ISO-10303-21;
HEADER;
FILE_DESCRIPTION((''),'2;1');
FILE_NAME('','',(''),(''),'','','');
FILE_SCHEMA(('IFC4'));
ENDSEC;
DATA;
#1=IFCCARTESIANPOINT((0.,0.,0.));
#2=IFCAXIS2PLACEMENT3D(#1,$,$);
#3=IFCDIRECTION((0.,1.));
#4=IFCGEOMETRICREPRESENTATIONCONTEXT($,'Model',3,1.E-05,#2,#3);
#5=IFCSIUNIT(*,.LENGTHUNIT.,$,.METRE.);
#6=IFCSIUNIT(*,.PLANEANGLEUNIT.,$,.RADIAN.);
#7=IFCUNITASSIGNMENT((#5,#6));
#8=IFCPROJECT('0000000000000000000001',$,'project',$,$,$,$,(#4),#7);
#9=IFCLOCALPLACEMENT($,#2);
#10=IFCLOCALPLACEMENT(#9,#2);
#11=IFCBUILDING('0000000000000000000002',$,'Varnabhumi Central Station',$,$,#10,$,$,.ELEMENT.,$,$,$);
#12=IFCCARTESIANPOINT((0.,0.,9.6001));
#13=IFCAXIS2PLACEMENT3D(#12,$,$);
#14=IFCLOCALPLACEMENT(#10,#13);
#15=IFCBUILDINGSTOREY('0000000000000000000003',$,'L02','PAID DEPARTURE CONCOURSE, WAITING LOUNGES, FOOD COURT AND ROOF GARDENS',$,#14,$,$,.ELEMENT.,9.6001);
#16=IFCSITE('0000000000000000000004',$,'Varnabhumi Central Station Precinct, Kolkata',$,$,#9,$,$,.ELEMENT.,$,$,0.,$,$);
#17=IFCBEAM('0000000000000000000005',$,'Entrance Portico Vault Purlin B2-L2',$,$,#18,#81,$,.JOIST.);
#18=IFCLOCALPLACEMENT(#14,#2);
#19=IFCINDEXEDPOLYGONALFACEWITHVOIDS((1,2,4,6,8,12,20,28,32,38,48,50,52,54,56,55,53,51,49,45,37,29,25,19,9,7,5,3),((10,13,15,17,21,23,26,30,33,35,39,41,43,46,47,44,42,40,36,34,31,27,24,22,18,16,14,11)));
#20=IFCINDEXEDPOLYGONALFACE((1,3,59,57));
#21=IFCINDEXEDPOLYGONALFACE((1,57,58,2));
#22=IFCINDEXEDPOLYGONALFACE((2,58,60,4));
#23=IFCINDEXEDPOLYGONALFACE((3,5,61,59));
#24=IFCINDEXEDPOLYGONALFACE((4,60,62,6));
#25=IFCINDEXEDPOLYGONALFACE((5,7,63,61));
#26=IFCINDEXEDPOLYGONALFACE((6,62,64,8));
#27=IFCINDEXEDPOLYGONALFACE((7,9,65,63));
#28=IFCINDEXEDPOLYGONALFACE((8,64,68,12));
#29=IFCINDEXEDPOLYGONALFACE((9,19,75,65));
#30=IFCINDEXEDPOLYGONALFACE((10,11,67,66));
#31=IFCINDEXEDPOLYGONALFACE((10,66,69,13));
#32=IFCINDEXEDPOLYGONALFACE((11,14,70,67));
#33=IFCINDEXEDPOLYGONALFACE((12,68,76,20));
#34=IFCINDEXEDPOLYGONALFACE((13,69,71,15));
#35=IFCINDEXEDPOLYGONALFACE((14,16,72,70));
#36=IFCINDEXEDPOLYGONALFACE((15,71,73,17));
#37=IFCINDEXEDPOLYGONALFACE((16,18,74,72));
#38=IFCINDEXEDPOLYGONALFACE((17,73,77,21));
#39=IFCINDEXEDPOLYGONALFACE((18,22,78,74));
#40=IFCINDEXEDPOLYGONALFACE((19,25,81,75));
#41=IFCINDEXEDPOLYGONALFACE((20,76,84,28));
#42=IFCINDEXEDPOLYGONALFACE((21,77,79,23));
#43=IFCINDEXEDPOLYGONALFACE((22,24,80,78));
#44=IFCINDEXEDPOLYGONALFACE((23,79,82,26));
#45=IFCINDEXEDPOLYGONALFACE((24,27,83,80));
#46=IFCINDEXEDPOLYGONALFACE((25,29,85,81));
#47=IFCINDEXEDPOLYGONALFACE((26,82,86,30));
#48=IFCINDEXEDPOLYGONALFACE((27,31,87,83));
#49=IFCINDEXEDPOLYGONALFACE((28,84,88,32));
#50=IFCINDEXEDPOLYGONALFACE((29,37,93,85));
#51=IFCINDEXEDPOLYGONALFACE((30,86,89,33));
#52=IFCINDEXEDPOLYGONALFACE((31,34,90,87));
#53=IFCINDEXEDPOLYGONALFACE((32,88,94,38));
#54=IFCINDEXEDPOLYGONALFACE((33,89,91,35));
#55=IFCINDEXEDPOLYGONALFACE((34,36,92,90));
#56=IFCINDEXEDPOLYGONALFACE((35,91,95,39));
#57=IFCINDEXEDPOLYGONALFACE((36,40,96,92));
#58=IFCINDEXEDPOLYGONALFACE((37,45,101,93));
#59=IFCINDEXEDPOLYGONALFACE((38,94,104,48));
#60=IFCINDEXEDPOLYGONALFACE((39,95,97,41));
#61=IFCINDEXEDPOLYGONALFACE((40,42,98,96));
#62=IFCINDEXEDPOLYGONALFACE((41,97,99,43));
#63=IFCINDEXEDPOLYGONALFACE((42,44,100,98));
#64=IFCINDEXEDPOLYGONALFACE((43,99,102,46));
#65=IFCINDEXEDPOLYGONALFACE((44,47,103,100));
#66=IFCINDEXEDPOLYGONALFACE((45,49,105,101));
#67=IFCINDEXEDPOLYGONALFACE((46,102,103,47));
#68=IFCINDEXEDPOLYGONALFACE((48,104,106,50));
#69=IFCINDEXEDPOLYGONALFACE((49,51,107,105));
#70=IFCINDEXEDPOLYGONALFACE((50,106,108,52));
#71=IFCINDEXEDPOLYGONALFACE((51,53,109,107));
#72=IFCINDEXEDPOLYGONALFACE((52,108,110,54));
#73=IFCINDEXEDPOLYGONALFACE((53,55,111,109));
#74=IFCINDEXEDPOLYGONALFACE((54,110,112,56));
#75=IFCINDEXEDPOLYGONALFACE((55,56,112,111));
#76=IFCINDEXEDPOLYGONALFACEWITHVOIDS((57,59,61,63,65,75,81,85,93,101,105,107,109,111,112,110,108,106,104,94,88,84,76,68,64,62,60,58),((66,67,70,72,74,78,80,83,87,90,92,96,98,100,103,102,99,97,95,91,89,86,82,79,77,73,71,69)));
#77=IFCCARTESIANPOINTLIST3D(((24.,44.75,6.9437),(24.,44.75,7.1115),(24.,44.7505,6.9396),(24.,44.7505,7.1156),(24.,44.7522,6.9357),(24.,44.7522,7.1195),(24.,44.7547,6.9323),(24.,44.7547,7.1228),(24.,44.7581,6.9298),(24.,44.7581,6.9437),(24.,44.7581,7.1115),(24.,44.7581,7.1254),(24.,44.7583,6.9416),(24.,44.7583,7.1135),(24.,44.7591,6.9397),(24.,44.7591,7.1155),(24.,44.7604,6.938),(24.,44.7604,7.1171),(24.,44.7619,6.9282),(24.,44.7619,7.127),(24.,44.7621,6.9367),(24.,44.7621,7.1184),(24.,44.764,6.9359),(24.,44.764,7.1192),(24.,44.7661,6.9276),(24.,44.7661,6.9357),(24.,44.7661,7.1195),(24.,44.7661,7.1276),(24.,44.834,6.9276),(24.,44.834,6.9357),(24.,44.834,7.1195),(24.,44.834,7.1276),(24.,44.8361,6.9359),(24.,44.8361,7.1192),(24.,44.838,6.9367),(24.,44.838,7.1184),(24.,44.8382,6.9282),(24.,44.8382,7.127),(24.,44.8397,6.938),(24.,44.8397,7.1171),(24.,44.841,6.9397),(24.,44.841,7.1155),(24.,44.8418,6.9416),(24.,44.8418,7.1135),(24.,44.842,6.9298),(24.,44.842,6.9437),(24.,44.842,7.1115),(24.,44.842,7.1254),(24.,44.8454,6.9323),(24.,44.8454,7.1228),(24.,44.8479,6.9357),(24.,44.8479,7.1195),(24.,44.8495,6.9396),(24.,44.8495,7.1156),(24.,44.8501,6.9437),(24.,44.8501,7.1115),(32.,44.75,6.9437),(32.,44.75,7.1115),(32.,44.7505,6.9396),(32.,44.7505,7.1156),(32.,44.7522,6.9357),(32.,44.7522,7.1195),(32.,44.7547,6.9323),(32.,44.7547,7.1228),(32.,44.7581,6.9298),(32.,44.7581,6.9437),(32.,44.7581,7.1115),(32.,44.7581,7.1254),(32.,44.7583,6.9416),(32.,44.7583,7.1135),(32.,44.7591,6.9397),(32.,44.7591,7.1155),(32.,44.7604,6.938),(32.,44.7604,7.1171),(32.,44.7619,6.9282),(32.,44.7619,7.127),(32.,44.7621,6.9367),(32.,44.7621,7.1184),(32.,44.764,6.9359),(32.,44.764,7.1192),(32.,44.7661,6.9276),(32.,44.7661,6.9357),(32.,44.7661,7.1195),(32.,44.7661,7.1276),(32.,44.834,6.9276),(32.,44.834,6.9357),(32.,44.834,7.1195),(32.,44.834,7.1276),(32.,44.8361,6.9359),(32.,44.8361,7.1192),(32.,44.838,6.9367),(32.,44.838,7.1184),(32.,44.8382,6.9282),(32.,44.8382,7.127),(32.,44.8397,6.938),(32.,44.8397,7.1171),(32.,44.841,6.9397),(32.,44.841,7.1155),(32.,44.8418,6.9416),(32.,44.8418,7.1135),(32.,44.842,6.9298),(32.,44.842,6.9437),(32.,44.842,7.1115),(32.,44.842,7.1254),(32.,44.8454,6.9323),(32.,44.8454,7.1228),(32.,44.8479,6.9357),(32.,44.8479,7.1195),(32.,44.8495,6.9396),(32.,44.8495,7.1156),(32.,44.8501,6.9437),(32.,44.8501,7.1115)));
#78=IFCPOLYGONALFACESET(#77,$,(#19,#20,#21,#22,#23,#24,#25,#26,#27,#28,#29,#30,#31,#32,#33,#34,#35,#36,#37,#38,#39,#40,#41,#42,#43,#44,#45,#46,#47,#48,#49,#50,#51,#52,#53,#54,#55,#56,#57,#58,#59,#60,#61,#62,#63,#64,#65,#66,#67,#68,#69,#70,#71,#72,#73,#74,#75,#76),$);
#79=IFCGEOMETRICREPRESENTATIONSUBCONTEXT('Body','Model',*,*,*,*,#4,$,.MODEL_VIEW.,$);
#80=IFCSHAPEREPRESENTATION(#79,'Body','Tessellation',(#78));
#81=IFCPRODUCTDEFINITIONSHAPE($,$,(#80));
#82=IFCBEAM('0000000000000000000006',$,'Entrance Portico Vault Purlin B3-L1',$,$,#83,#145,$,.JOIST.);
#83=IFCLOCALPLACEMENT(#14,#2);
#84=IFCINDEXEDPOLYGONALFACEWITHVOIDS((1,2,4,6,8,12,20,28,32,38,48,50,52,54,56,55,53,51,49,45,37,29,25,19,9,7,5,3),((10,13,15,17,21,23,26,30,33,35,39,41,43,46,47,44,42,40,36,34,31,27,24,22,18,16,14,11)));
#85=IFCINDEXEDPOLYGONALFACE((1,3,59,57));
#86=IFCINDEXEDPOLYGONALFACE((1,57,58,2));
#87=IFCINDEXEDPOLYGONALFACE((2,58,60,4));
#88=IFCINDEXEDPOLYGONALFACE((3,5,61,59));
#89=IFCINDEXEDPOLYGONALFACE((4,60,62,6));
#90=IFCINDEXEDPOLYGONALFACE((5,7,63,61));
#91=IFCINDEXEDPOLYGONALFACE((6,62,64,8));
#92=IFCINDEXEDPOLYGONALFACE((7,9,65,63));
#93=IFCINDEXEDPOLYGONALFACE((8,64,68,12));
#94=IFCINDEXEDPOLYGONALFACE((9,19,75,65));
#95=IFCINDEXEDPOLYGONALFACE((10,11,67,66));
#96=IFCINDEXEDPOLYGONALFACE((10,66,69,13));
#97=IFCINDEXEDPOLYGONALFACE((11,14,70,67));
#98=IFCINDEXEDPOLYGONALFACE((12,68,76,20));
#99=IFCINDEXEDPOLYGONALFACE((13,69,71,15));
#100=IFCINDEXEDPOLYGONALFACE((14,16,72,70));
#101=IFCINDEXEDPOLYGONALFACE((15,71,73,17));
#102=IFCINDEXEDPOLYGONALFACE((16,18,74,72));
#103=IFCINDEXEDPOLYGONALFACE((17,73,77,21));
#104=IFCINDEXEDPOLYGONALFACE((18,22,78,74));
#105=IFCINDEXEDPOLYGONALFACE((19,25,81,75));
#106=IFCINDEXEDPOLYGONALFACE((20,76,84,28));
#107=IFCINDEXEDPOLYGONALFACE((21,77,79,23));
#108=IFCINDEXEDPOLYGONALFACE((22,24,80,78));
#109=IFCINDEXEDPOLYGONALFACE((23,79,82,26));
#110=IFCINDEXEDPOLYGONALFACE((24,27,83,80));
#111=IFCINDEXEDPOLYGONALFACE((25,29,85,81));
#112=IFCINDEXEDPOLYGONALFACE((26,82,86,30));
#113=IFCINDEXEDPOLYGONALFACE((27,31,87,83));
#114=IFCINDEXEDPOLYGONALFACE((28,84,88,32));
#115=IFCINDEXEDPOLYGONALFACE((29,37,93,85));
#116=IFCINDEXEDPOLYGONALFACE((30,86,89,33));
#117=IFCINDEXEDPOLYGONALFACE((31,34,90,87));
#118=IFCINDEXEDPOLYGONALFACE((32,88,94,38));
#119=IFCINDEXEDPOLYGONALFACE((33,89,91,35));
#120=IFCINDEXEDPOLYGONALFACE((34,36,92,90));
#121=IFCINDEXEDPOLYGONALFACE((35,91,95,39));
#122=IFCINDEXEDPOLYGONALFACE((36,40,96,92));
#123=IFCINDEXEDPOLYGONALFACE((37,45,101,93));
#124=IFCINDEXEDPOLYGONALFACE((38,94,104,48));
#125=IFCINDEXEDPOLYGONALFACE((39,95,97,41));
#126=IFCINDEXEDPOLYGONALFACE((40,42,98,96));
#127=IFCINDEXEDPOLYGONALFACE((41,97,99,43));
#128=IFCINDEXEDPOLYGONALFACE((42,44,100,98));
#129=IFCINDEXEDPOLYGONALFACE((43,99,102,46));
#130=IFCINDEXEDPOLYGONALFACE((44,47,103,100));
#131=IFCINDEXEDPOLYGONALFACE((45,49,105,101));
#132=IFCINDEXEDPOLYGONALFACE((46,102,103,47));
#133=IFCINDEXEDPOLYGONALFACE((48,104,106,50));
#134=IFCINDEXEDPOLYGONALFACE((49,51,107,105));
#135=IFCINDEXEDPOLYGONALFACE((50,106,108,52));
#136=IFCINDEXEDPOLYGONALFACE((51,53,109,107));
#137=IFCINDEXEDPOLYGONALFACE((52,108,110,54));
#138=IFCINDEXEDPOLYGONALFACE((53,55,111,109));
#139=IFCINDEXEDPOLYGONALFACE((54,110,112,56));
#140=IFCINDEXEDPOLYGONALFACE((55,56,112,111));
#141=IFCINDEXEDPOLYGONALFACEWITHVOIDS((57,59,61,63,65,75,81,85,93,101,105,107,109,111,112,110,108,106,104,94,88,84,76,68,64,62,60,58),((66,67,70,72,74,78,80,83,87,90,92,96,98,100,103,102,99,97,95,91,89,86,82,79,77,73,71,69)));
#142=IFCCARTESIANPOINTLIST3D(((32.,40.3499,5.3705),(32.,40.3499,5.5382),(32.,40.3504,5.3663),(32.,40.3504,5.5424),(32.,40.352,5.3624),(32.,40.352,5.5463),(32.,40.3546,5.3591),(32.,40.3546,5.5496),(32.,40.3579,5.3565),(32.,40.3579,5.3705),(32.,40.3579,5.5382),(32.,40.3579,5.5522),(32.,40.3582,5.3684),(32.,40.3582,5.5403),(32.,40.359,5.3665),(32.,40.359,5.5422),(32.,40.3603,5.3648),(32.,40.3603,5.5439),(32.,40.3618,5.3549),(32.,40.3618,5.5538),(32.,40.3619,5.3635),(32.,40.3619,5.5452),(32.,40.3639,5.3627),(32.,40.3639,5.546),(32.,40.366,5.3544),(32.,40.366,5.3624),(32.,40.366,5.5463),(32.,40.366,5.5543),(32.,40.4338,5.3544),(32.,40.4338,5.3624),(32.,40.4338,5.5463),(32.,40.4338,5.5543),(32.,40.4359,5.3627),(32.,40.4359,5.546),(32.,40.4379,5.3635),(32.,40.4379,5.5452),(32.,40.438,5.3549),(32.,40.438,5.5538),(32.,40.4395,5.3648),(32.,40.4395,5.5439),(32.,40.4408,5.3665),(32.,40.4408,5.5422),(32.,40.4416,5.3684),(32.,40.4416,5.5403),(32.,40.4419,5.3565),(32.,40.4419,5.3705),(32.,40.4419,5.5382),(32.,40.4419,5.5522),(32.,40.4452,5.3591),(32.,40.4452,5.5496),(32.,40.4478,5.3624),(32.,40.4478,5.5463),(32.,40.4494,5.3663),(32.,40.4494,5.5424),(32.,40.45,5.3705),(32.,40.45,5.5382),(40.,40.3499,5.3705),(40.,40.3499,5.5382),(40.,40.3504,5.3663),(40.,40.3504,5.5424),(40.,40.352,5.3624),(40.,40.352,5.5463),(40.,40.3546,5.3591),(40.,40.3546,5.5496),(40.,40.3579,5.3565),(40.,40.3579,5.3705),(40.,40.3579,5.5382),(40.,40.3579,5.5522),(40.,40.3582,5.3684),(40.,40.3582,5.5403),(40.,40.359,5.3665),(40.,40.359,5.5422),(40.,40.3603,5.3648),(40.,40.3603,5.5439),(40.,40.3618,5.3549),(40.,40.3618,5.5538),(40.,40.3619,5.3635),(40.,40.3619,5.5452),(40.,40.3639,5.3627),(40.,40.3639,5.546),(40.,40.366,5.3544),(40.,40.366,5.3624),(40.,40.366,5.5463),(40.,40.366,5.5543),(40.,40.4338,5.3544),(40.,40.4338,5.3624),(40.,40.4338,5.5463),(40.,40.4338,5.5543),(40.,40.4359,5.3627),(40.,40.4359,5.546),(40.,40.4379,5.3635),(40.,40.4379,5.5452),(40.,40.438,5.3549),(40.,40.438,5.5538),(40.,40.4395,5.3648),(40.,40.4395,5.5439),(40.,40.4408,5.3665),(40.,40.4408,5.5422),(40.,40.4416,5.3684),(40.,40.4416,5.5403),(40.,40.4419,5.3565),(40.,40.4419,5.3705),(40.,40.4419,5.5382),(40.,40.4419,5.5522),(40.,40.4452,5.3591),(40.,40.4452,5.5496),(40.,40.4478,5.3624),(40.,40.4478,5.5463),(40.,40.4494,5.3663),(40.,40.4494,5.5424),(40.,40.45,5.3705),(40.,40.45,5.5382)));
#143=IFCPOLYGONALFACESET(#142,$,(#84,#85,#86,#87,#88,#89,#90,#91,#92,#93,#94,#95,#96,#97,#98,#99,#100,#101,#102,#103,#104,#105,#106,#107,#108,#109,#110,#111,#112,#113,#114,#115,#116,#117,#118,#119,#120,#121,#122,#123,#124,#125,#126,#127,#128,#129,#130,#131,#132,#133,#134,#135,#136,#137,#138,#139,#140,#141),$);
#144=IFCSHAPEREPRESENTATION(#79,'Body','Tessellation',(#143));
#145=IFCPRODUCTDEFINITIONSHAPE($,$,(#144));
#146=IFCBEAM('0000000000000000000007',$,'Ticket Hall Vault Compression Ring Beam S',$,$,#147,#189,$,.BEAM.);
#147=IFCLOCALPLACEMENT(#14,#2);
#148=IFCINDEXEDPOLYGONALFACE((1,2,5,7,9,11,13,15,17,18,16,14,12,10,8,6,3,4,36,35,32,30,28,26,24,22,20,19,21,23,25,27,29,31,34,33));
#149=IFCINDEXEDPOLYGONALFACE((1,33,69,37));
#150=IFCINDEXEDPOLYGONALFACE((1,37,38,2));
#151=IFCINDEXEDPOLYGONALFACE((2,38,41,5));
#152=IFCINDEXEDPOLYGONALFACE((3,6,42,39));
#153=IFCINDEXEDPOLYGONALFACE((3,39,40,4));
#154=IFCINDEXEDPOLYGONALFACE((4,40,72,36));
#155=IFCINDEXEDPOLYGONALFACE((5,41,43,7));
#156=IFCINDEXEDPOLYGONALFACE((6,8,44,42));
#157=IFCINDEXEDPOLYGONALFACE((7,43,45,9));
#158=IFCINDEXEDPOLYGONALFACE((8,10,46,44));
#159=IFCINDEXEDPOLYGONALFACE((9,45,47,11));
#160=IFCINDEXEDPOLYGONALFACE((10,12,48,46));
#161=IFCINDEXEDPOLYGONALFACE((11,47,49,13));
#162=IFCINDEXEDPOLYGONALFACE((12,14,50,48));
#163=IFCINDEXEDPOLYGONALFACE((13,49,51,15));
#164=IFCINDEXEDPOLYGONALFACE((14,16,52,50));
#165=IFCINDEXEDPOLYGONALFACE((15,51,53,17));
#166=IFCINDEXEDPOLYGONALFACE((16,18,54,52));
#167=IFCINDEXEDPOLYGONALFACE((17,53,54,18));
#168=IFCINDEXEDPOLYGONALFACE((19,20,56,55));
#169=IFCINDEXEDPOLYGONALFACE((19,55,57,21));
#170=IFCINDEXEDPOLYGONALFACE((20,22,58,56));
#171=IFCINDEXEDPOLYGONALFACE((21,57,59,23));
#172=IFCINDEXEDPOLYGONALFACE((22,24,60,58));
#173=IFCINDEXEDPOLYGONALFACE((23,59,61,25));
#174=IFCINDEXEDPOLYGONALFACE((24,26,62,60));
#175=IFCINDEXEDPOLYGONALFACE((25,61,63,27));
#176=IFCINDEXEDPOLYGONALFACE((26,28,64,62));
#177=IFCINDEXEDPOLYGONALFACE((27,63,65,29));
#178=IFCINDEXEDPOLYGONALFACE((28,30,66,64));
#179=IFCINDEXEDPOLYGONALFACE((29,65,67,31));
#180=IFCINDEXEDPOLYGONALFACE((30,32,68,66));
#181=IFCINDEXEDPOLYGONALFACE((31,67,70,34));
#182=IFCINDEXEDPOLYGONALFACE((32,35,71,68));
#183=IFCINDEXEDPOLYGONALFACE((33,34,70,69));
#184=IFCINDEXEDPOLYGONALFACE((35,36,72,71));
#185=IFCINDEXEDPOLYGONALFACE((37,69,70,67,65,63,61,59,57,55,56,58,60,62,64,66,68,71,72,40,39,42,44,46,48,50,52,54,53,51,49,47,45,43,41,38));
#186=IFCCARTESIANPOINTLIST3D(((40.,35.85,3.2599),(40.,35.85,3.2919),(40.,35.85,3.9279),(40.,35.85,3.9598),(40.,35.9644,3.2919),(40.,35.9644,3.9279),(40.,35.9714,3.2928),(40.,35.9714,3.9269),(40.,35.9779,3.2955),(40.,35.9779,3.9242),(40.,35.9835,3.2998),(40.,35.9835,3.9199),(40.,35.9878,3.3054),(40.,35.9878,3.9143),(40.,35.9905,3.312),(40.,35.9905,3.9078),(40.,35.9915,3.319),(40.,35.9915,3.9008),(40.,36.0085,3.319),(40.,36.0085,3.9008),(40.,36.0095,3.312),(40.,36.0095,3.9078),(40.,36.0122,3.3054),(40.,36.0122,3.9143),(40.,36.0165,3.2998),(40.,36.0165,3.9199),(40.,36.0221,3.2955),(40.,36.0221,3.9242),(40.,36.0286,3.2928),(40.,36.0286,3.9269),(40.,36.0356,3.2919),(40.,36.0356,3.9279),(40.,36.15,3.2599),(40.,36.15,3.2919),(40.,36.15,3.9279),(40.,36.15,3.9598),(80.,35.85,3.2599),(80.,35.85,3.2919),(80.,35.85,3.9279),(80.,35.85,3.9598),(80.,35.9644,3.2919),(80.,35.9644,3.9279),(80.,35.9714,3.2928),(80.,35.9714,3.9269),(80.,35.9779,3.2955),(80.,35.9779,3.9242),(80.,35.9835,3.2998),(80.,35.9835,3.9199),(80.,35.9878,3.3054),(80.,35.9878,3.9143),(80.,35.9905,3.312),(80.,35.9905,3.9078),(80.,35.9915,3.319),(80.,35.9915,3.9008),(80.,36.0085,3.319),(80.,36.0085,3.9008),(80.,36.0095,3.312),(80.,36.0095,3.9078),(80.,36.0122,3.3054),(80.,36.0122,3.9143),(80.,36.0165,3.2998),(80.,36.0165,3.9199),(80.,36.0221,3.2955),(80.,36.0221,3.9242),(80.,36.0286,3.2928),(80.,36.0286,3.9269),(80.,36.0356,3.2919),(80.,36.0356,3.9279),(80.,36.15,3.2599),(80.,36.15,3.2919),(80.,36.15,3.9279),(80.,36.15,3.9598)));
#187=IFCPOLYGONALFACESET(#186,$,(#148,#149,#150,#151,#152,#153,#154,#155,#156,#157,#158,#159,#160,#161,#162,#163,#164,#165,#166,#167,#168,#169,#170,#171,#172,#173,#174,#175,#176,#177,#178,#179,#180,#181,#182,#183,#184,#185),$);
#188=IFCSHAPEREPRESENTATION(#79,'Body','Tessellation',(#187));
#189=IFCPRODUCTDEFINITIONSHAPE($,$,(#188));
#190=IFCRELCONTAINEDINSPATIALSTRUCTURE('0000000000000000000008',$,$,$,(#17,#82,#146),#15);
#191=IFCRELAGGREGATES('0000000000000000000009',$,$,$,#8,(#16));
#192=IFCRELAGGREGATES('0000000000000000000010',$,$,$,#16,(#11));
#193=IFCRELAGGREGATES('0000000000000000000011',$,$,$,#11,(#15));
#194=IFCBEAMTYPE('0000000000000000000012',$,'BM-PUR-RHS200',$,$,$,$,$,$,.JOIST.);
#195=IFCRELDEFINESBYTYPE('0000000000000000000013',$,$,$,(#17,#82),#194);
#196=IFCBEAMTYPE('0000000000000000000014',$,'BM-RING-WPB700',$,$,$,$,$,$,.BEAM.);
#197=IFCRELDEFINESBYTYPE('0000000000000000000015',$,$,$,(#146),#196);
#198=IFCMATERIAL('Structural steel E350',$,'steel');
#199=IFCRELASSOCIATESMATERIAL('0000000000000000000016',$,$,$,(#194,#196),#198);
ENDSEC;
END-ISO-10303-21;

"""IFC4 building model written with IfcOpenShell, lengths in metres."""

from ifc_helpers import new_model, si_unit, direction, frame, origin, origin_2d, place, context, subcontext, project, spatial, hollow_rectangle, i_section, extrude, material, material_profile, profile_set, type_object, element, save


model = new_model("IFC4")

# Units and contexts
model_context = context("Model", 3, precision=1e-05, world=origin(), true_north=direction((0.0, 1.0)))
body_context = subcontext(model_context, "Body", "Model", "MODEL_VIEW")
ifc_project = project(units=[si_unit("LENGTHUNIT", "METRE"), si_unit("PLANEANGLEUNIT", "RADIAN")], contexts=[model_context])

# Site, building, storey
site_placement = place(None, origin())
site = spatial("IfcSite", under=ifc_project, at=site_placement, Name="Varnabhumi Central Station Precinct, Kolkata", CompositionType="ELEMENT", RefElevation=0.0)
building_placement = place(site_placement, origin())
building = spatial("IfcBuilding", under=site, at=building_placement, Name="Varnabhumi Central Station", CompositionType="ELEMENT")
storey_placement = place(building_placement, frame((0.0, 0.0, 9.6001)))
storey = spatial("IfcBuildingStorey", under=building, at=storey_placement, Name="L02", Description="PAID DEPARTURE CONCOURSE, WAITING LOUNGES, FOOD COURT AND ROOF GARDENS", CompositionType="ELEMENT", Elevation=9.6001)

# Beams
ifc_material_1 = material(Name="Structural steel E350", Category="steel")
ifc_material_profile_1 = material_profile(ifc_material_1, hollow_rectangle(XDim=0.1001, YDim=0.2, WallThickness=0.0081, InnerFilletRadius=0.0081, OuterFilletRadius=0.0161, at=origin_2d()), Name="Structural steel E350", Category="steel")
ifc_profile_set_1 = profile_set([ifc_material_profile_1], Name="Structural steel E350")
beam_type_1 = type_object("IfcBeamType", Name="BM-PUR-RHS200", PredefinedType="JOIST", material=ifc_profile_set_1)
for number, where, z_axis, x_axis, name in (
    (1, (24.0, 44.8, 7.0276), (1.0, 0.0, 0.0), (0.0, 1.0, 0.0), "Entrance Portico Vault Purlin B2-L2"),
    (2, (32.0, 40.3999, 5.4543), (1.0, 0.0, 0.0), (0.0, 1.0, 0.0), "Entrance Portico Vault Purlin B3-L1"),
):
    element("IfcBeam", number, at=place(storey_placement, frame(where, z_axis=z_axis, x_axis=x_axis)), inside=storey, type_object=beam_type_1, Name=name, PredefinedType="JOIST", context=body_context, shape_type="SweptSolid", body=[
        extrude(hollow_rectangle(XDim=0.1001, YDim=0.2, WallThickness=0.0081, InnerFilletRadius=0.0081, OuterFilletRadius=0.0161, at=origin_2d()), origin(), (0.0, 0.0, 1.0), 8.0),
    ])
ifc_material_profile_2 = material_profile(ifc_material_1, i_section(OverallWidth=0.3, OverallDepth=0.7, WebThickness=0.0171, FlangeThickness=0.032, FilletRadius=0.0271, at=origin_2d()), Name="Structural steel E350", Category="steel")
ifc_profile_set_2 = profile_set([ifc_material_profile_2], Name="Structural steel E350")
beam_type_2 = type_object("IfcBeamType", Name="BM-RING-WPB700", PredefinedType="BEAM", material=ifc_profile_set_2)
beam_1_placement = place(storey_placement, frame((40.0, 36.0, 3.6099), z_axis=(1.0, 0.0, 0.0), x_axis=(0.0, 1.0, 0.0)))
element("IfcBeam", 3, at=beam_1_placement, inside=storey, type_object=beam_type_2, Name="Ticket Hall Vault Compression Ring Beam S", PredefinedType="BEAM", context=body_context, shape_type="SweptSolid", body=[
    extrude(i_section(OverallWidth=0.3, OverallDepth=0.7, WebThickness=0.0171, FlangeThickness=0.032, FilletRadius=0.0271, at=origin_2d()), origin(), (0.0, 0.0, 1.0), 40.0),
])

save(model, "model.ifc")
